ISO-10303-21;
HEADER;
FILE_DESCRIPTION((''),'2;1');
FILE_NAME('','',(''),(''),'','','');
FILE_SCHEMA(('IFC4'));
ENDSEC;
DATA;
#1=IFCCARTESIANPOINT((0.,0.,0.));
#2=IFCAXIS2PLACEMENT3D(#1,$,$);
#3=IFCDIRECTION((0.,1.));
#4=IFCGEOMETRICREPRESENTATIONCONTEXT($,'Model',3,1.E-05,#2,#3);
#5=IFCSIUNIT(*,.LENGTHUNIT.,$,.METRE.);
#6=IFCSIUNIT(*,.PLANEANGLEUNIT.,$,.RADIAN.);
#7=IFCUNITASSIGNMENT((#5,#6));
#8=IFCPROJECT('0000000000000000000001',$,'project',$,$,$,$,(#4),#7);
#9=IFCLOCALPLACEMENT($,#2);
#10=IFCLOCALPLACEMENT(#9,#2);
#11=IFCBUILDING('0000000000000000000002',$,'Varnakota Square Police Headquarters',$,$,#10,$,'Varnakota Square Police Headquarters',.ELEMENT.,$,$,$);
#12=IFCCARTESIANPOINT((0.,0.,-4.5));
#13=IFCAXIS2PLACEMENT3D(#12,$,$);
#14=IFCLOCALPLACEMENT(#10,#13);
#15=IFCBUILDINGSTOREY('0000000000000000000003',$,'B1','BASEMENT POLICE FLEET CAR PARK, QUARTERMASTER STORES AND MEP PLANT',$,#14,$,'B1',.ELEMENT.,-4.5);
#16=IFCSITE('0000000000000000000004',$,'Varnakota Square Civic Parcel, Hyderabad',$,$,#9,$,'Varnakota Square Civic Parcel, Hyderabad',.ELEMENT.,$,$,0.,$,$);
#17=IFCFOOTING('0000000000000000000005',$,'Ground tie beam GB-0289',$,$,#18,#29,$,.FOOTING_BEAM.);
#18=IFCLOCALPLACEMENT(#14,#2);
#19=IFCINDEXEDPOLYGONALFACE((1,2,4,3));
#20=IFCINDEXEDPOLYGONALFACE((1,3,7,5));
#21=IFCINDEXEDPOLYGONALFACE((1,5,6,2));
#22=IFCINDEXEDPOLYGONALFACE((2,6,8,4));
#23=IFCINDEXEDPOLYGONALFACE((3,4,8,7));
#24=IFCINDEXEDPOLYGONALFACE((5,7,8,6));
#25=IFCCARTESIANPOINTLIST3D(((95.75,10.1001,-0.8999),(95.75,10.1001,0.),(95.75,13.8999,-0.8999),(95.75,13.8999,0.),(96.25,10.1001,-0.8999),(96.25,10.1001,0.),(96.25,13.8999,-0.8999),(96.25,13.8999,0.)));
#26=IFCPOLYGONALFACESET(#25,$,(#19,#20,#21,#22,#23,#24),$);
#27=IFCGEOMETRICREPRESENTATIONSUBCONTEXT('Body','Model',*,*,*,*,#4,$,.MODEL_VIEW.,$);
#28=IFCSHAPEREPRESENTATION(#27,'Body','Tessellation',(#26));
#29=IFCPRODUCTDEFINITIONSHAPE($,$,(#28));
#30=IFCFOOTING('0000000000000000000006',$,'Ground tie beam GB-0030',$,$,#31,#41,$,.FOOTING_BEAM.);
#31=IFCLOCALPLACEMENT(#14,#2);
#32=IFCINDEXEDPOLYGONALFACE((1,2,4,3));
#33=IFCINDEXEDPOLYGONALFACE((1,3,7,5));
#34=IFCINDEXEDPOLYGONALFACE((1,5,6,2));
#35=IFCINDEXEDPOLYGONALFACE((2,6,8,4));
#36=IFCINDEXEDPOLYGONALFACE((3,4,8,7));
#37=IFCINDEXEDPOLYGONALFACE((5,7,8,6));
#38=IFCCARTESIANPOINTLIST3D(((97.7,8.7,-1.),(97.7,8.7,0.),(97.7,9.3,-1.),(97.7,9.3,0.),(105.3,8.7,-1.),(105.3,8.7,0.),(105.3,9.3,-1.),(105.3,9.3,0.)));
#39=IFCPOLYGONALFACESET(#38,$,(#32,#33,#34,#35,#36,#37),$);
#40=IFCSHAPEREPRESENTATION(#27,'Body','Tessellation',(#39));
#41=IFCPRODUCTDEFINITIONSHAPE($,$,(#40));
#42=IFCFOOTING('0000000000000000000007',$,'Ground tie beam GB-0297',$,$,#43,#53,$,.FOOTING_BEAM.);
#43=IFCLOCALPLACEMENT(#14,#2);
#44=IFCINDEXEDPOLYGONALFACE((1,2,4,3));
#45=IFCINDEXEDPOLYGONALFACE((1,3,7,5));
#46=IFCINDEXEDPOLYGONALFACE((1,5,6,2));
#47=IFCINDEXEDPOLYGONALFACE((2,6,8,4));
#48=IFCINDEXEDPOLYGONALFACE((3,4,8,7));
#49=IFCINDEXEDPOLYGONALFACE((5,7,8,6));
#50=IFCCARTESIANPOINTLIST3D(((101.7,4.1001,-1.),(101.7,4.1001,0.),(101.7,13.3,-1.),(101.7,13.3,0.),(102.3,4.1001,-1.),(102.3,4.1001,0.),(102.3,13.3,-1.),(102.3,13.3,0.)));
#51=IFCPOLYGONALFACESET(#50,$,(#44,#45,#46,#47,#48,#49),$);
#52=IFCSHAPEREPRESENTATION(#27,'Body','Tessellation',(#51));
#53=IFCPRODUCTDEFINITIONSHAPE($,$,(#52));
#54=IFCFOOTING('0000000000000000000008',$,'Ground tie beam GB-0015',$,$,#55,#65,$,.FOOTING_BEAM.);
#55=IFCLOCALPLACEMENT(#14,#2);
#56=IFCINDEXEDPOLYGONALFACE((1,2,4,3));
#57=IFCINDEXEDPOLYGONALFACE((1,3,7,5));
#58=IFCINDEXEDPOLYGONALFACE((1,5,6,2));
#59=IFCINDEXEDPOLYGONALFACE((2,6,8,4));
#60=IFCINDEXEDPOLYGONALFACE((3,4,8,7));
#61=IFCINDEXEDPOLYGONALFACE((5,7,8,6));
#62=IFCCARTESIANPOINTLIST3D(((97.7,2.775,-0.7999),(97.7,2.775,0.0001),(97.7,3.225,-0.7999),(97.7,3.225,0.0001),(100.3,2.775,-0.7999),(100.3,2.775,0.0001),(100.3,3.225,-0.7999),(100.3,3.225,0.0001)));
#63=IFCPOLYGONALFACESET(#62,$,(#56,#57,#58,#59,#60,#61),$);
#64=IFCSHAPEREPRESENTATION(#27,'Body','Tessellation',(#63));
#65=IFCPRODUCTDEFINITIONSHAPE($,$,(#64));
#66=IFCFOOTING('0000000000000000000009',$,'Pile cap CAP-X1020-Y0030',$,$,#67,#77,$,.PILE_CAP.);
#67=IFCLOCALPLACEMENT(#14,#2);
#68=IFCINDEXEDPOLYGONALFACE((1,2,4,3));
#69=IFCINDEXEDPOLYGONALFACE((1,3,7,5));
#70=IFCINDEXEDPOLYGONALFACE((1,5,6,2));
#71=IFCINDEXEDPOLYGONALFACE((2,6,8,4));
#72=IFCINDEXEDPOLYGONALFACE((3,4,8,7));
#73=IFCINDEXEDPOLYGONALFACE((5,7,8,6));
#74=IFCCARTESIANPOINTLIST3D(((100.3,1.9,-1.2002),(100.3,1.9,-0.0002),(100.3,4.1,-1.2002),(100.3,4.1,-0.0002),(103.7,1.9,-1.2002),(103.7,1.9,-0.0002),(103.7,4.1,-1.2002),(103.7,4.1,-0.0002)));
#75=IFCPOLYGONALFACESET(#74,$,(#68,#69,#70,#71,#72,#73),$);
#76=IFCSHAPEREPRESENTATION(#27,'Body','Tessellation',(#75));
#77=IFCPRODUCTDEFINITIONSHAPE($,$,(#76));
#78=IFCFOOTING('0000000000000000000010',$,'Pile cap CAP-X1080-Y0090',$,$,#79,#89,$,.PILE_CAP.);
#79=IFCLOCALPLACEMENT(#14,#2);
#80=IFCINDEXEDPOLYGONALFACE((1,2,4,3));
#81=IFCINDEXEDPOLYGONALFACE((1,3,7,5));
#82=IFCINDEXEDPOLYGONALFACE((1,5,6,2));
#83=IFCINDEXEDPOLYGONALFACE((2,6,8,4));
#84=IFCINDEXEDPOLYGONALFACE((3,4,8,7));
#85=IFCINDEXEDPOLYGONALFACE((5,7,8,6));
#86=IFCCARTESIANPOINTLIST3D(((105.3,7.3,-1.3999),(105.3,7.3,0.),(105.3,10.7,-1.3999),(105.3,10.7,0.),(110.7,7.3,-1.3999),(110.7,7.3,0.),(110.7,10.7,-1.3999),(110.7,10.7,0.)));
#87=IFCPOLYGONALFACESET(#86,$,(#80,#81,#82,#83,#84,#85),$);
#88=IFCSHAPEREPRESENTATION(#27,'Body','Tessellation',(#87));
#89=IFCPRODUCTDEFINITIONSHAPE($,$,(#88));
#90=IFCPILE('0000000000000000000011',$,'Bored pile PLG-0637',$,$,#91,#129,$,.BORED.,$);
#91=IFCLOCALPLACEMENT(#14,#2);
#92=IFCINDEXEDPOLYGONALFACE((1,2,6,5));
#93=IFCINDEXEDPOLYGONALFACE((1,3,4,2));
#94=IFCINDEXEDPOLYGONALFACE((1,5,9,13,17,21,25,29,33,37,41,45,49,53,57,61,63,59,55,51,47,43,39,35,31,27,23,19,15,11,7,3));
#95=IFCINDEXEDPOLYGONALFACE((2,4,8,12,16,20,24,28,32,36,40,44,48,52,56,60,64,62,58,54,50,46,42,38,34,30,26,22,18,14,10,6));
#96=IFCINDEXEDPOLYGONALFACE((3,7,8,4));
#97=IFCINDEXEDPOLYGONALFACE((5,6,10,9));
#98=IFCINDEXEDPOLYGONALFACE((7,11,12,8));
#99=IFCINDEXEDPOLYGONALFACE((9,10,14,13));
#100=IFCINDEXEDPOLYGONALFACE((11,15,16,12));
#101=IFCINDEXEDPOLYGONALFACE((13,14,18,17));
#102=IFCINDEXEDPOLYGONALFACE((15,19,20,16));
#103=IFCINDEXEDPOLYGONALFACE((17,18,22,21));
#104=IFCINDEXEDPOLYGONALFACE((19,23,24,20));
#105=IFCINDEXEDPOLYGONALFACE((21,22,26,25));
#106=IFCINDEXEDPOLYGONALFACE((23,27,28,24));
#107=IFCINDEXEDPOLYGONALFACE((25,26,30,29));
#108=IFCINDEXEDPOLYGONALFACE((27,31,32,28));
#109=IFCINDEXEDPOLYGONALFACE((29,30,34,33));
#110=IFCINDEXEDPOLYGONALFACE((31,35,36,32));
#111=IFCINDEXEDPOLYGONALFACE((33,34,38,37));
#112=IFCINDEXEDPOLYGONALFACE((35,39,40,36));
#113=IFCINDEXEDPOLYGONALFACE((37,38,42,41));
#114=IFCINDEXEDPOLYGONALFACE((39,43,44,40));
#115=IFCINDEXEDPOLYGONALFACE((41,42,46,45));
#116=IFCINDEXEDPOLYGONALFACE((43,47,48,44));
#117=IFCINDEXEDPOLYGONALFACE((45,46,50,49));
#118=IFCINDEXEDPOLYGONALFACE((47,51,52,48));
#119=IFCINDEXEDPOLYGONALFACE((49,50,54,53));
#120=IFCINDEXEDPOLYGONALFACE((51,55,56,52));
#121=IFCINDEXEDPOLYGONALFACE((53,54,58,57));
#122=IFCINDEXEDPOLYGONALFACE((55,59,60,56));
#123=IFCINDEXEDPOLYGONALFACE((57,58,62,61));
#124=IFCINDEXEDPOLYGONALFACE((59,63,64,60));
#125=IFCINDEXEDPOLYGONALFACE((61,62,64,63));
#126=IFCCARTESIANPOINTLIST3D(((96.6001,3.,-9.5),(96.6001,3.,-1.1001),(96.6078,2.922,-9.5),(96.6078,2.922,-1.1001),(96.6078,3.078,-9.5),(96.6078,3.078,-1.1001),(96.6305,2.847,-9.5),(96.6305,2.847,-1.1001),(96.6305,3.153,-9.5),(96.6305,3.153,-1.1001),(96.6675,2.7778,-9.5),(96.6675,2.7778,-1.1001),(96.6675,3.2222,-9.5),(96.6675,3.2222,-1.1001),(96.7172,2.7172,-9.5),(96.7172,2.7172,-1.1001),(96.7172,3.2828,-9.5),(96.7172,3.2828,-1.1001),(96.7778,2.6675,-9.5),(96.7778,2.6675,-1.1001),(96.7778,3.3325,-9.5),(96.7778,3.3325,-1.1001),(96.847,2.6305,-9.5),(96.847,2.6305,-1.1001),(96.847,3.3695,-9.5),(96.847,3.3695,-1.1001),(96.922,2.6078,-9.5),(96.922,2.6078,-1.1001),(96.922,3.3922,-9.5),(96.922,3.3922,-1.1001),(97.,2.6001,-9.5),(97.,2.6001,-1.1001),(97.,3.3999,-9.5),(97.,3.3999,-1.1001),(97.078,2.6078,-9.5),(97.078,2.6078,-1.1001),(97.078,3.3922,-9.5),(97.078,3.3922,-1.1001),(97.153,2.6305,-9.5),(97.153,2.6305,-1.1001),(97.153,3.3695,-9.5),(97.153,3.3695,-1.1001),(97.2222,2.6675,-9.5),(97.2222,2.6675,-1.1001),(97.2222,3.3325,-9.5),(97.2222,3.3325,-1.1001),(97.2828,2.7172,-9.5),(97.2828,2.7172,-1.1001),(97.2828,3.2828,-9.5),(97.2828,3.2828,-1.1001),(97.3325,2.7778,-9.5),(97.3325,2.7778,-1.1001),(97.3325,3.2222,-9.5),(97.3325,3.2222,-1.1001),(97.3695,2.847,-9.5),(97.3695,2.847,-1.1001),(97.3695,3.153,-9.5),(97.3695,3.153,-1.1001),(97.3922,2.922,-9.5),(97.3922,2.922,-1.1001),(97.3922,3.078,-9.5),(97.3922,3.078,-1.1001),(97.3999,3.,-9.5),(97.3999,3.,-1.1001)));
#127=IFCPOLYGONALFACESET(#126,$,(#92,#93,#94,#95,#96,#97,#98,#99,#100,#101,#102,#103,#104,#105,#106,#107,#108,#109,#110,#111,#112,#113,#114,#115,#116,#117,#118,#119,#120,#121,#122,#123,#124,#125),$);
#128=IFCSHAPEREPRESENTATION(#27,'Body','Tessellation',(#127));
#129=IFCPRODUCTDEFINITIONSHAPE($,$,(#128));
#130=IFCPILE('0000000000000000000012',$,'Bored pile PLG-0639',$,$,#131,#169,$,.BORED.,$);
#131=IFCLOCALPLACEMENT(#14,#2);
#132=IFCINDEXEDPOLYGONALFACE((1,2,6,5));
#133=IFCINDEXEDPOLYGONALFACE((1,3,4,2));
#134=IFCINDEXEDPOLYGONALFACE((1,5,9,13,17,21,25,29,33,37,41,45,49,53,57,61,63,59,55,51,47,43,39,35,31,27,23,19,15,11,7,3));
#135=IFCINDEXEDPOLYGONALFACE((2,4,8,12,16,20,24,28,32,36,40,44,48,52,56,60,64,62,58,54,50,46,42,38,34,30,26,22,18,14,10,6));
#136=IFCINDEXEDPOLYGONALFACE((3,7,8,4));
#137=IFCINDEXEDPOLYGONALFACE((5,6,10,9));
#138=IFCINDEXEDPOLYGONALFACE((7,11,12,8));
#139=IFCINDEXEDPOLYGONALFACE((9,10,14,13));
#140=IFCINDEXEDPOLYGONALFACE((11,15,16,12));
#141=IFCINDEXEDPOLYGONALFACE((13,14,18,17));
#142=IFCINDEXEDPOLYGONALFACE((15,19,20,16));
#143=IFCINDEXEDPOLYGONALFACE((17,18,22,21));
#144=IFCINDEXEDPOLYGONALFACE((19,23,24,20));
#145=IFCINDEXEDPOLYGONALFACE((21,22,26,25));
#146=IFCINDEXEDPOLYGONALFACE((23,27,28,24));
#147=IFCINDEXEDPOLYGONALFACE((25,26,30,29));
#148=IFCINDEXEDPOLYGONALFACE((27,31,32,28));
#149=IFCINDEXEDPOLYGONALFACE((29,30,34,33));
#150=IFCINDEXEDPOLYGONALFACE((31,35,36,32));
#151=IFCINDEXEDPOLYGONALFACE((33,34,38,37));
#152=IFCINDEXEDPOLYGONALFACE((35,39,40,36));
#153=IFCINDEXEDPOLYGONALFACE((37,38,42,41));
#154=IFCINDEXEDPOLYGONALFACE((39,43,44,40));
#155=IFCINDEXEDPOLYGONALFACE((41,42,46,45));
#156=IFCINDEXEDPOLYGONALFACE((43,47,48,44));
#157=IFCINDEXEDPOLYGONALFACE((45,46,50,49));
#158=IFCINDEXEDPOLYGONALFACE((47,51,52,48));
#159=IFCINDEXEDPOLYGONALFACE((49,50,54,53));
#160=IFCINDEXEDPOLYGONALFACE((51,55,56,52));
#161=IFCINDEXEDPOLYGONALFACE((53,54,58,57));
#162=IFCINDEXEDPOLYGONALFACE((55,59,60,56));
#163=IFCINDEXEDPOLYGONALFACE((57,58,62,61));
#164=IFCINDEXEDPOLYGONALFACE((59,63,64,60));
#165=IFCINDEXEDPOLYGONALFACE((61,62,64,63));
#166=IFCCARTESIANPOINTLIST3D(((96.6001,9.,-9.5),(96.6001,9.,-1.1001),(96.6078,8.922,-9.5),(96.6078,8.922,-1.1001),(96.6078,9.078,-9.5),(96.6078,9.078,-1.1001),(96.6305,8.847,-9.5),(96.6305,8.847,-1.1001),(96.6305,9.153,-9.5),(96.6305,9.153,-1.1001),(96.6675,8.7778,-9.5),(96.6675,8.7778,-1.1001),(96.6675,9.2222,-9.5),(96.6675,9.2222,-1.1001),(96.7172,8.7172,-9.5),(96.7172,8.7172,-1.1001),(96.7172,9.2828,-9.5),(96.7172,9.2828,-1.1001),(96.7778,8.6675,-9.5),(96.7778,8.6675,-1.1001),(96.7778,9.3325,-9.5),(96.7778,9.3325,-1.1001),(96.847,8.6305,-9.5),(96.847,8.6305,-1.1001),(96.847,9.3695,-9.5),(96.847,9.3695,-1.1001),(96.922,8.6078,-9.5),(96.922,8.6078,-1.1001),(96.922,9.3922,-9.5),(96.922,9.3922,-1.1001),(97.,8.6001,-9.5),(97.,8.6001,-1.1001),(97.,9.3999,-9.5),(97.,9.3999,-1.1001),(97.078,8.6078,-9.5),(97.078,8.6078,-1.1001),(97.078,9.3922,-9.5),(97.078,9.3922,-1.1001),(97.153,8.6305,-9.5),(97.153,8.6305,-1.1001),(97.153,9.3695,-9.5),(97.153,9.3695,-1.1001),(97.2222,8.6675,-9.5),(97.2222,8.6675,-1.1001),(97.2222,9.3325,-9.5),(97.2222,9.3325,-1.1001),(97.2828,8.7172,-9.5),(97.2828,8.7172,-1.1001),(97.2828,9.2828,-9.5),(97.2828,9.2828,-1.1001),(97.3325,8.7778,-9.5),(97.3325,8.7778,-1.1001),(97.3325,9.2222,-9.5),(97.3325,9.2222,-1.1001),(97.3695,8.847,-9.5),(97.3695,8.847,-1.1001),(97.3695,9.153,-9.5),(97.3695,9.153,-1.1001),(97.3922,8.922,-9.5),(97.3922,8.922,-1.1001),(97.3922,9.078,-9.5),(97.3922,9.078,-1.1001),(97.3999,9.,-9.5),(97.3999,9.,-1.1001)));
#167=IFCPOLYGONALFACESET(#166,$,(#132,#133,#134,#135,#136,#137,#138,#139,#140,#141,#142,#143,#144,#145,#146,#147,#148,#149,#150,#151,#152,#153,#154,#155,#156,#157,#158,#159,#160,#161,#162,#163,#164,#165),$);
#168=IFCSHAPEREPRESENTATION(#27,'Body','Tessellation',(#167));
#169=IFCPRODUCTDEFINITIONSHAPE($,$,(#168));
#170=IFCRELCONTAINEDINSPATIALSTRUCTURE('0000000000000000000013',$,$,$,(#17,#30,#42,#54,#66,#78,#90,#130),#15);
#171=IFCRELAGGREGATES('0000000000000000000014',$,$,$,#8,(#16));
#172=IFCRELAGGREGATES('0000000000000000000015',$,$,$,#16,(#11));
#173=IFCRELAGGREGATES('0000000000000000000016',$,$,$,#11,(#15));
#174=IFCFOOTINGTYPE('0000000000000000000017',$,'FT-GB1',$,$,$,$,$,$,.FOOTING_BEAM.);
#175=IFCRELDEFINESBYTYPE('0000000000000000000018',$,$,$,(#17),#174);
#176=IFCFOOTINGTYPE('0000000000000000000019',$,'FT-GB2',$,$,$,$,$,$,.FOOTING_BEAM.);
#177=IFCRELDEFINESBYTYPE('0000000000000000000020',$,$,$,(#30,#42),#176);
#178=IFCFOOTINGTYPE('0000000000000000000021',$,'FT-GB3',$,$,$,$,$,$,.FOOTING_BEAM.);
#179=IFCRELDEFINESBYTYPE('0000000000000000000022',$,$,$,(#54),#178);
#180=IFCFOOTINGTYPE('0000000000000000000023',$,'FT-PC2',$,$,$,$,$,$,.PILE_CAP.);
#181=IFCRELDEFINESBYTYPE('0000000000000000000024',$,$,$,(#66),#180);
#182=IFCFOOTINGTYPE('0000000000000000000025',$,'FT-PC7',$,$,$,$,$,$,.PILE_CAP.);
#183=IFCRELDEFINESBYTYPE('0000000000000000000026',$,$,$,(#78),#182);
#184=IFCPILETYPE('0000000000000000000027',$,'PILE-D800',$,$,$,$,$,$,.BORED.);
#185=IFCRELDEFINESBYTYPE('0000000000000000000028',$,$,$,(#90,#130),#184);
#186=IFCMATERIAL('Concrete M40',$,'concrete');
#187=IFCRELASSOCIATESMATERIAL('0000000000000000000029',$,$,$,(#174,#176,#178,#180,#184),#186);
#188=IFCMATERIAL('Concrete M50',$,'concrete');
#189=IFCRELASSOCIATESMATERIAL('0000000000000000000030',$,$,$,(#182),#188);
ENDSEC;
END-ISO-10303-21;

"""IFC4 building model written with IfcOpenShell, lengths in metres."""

from ifc_helpers import new_model, si_unit, direction, frame, origin, origin_2d, place, context, subcontext, project, spatial, rectangle, circle, extrude, material, material_profile, profile_set, type_object, element, save


model = new_model("IFC4")

# Units and contexts
model_context = context("Model", 3, precision=1e-05, world=origin(), true_north=direction((0.0, 1.0)))
body_context = subcontext(model_context, "Body", "Model", "MODEL_VIEW")
ifc_project = project(units=[si_unit("LENGTHUNIT", "METRE"), si_unit("PLANEANGLEUNIT", "RADIAN")], contexts=[model_context])

# Site, building, storey
site_placement = place(None, origin())
site = spatial("IfcSite", under=ifc_project, at=site_placement, Name="Varnakota Square Civic Parcel, Hyderabad", LongName="Varnakota Square Civic Parcel, Hyderabad", CompositionType="ELEMENT", RefElevation=0.0)
building_placement = place(site_placement, origin())
building = spatial("IfcBuilding", under=site, at=building_placement, Name="Varnakota Square Police Headquarters", LongName="Varnakota Square Police Headquarters", CompositionType="ELEMENT")
storey_placement = place(building_placement, frame((0.0, 0.0, -4.5)))
storey = spatial("IfcBuildingStorey", under=building, at=storey_placement, Name="B1", Description="BASEMENT POLICE FLEET CAR PARK, QUARTERMASTER STORES AND MEP PLANT", LongName="B1", CompositionType="ELEMENT", Elevation=-4.5)

# Footings
ifc_material_1 = material(Name="Concrete M40", Category="concrete")
ifc_material_profile_1 = material_profile(ifc_material_1, rectangle(XDim=0.5, YDim=0.8999, at=origin_2d()), Name="GB 500x900")
ifc_profile_set_1 = profile_set([ifc_material_profile_1], Name="Concrete M40")
footing_type_1 = type_object("IfcFootingType", Name="FT-GB1", PredefinedType="FOOTING_BEAM", material=ifc_profile_set_1)
footing_1_placement = place(storey_placement, frame((96.0, 10.1001, -0.45), z_axis=(0.0, 1.0, 0.0), x_axis=(-1.0, 0.0, 0.0)))
element("IfcFooting", 1, at=footing_1_placement, inside=storey, type_object=footing_type_1, Name="Ground tie beam GB-0289", PredefinedType="FOOTING_BEAM", context=body_context, shape_type="SweptSolid", body=[
    extrude(rectangle(XDim=0.5, YDim=0.8999, at=origin_2d()), origin(), (0.0, 0.0, 1.0), 3.7998),
])
ifc_material_profile_2 = material_profile(ifc_material_1, rectangle(XDim=0.6001, YDim=1.0, at=origin_2d()), Name="GB 600x1000")
ifc_profile_set_2 = profile_set([ifc_material_profile_2], Name="Concrete M40")
footing_type_2 = type_object("IfcFootingType", Name="FT-GB2", PredefinedType="FOOTING_BEAM", material=ifc_profile_set_2)
footing_2_placement = place(storey_placement, frame((97.7, 9.0, -0.5), z_axis=(1.0, 0.0, 0.0), x_axis=(0.0, 1.0, 0.0)))
element("IfcFooting", 2, at=footing_2_placement, inside=storey, type_object=footing_type_2, Name="Ground tie beam GB-0030", PredefinedType="FOOTING_BEAM", context=body_context, shape_type="SweptSolid", body=[
    extrude(rectangle(XDim=0.6001, YDim=1.0, at=origin_2d()), origin(), (0.0, 0.0, 1.0), 7.6001),
])
footing_3_placement = place(storey_placement, frame((102.0, 4.1001, -0.5), z_axis=(0.0, 1.0, 0.0), x_axis=(-1.0, 0.0, 0.0)))
element("IfcFooting", 3, at=footing_3_placement, inside=storey, type_object=footing_type_2, Name="Ground tie beam GB-0297", PredefinedType="FOOTING_BEAM", context=body_context, shape_type="SweptSolid", body=[
    extrude(rectangle(XDim=0.6001, YDim=1.0, at=origin_2d()), origin(), (0.0, 0.0, 1.0), 9.2),
])
ifc_material_profile_3 = material_profile(ifc_material_1, rectangle(XDim=0.45, YDim=0.8, at=origin_2d()), Name="GB 450x800")
ifc_profile_set_3 = profile_set([ifc_material_profile_3], Name="Concrete M40")
footing_type_3 = type_object("IfcFootingType", Name="FT-GB3", PredefinedType="FOOTING_BEAM", material=ifc_profile_set_3)
footing_4_placement = place(storey_placement, frame((97.7, 3.0, -0.3999), z_axis=(1.0, 0.0, 0.0), x_axis=(0.0, 1.0, 0.0)))
element("IfcFooting", 4, at=footing_4_placement, inside=storey, type_object=footing_type_3, Name="Ground tie beam GB-0015", PredefinedType="FOOTING_BEAM", context=body_context, shape_type="SweptSolid", body=[
    extrude(rectangle(XDim=0.45, YDim=0.8, at=origin_2d()), origin(), (0.0, 0.0, 1.0), 2.6001),
])
footing_type_4 = type_object("IfcFootingType", Name="FT-PC2", PredefinedType="PILE_CAP", material=ifc_material_1)
footing_5_placement = place(storey_placement, frame((102.0, 3.0, -1.2002), z_axis=(0.0, 0.0, 1.0), x_axis=(1.0, 0.0, 0.0)))
element("IfcFooting", 5, at=footing_5_placement, inside=storey, type_object=footing_type_4, Name="Pile cap CAP-X1020-Y0030", PredefinedType="PILE_CAP", context=body_context, shape_type="SweptSolid", body=[
    extrude(rectangle(XDim=3.3999, YDim=2.2, at=origin_2d()), origin(), (0.0, 0.0, 1.0), 1.2),
])
ifc_material_2 = material(Name="Concrete M50", Category="concrete")
footing_type_5 = type_object("IfcFootingType", Name="FT-PC7", PredefinedType="PILE_CAP", material=ifc_material_2)
footing_6_placement = place(storey_placement, frame((108.0, 9.0, -1.3999), z_axis=(0.0, 0.0, 1.0), x_axis=(1.0, 0.0, 0.0)))
element("IfcFooting", 6, at=footing_6_placement, inside=storey, type_object=footing_type_5, Name="Pile cap CAP-X1080-Y0090", PredefinedType="PILE_CAP", context=body_context, shape_type="SweptSolid", body=[
    extrude(rectangle(XDim=5.3999, YDim=3.3999, at=origin_2d()), origin(), (0.0, 0.0, 1.0), 1.3999),
])

# Piles
ifc_material_profile_4 = material_profile(ifc_material_1, circle(Radius=0.3999, at=origin_2d()), Name="BORED PILE 800")
ifc_profile_set_4 = profile_set([ifc_material_profile_4], Name="Concrete M40")
pile_type = type_object("IfcPileType", Name="PILE-D800", PredefinedType="BORED", material=ifc_profile_set_4)
for number, where, z_axis, x_axis, name in (
    (7, (97.0, 3.0, -1.1001), (0.0, 0.0, -1.0), (1.0, 0.0, 0.0), "Bored pile PLG-0637"),
    (8, (97.0, 9.0, -1.1001), (0.0, 0.0, -1.0), (1.0, 0.0, 0.0), "Bored pile PLG-0639"),
):
    element("IfcPile", number, at=place(storey_placement, frame(where, z_axis=z_axis, x_axis=x_axis)), inside=storey, type_object=pile_type, Name=name, PredefinedType="BORED", context=body_context, shape_type="SweptSolid", body=[
        extrude(circle(Radius=0.3999, at=origin_2d()), origin(), (0.0, 0.0, 1.0), 8.3999),
    ])

save(model, "model.ifc")
